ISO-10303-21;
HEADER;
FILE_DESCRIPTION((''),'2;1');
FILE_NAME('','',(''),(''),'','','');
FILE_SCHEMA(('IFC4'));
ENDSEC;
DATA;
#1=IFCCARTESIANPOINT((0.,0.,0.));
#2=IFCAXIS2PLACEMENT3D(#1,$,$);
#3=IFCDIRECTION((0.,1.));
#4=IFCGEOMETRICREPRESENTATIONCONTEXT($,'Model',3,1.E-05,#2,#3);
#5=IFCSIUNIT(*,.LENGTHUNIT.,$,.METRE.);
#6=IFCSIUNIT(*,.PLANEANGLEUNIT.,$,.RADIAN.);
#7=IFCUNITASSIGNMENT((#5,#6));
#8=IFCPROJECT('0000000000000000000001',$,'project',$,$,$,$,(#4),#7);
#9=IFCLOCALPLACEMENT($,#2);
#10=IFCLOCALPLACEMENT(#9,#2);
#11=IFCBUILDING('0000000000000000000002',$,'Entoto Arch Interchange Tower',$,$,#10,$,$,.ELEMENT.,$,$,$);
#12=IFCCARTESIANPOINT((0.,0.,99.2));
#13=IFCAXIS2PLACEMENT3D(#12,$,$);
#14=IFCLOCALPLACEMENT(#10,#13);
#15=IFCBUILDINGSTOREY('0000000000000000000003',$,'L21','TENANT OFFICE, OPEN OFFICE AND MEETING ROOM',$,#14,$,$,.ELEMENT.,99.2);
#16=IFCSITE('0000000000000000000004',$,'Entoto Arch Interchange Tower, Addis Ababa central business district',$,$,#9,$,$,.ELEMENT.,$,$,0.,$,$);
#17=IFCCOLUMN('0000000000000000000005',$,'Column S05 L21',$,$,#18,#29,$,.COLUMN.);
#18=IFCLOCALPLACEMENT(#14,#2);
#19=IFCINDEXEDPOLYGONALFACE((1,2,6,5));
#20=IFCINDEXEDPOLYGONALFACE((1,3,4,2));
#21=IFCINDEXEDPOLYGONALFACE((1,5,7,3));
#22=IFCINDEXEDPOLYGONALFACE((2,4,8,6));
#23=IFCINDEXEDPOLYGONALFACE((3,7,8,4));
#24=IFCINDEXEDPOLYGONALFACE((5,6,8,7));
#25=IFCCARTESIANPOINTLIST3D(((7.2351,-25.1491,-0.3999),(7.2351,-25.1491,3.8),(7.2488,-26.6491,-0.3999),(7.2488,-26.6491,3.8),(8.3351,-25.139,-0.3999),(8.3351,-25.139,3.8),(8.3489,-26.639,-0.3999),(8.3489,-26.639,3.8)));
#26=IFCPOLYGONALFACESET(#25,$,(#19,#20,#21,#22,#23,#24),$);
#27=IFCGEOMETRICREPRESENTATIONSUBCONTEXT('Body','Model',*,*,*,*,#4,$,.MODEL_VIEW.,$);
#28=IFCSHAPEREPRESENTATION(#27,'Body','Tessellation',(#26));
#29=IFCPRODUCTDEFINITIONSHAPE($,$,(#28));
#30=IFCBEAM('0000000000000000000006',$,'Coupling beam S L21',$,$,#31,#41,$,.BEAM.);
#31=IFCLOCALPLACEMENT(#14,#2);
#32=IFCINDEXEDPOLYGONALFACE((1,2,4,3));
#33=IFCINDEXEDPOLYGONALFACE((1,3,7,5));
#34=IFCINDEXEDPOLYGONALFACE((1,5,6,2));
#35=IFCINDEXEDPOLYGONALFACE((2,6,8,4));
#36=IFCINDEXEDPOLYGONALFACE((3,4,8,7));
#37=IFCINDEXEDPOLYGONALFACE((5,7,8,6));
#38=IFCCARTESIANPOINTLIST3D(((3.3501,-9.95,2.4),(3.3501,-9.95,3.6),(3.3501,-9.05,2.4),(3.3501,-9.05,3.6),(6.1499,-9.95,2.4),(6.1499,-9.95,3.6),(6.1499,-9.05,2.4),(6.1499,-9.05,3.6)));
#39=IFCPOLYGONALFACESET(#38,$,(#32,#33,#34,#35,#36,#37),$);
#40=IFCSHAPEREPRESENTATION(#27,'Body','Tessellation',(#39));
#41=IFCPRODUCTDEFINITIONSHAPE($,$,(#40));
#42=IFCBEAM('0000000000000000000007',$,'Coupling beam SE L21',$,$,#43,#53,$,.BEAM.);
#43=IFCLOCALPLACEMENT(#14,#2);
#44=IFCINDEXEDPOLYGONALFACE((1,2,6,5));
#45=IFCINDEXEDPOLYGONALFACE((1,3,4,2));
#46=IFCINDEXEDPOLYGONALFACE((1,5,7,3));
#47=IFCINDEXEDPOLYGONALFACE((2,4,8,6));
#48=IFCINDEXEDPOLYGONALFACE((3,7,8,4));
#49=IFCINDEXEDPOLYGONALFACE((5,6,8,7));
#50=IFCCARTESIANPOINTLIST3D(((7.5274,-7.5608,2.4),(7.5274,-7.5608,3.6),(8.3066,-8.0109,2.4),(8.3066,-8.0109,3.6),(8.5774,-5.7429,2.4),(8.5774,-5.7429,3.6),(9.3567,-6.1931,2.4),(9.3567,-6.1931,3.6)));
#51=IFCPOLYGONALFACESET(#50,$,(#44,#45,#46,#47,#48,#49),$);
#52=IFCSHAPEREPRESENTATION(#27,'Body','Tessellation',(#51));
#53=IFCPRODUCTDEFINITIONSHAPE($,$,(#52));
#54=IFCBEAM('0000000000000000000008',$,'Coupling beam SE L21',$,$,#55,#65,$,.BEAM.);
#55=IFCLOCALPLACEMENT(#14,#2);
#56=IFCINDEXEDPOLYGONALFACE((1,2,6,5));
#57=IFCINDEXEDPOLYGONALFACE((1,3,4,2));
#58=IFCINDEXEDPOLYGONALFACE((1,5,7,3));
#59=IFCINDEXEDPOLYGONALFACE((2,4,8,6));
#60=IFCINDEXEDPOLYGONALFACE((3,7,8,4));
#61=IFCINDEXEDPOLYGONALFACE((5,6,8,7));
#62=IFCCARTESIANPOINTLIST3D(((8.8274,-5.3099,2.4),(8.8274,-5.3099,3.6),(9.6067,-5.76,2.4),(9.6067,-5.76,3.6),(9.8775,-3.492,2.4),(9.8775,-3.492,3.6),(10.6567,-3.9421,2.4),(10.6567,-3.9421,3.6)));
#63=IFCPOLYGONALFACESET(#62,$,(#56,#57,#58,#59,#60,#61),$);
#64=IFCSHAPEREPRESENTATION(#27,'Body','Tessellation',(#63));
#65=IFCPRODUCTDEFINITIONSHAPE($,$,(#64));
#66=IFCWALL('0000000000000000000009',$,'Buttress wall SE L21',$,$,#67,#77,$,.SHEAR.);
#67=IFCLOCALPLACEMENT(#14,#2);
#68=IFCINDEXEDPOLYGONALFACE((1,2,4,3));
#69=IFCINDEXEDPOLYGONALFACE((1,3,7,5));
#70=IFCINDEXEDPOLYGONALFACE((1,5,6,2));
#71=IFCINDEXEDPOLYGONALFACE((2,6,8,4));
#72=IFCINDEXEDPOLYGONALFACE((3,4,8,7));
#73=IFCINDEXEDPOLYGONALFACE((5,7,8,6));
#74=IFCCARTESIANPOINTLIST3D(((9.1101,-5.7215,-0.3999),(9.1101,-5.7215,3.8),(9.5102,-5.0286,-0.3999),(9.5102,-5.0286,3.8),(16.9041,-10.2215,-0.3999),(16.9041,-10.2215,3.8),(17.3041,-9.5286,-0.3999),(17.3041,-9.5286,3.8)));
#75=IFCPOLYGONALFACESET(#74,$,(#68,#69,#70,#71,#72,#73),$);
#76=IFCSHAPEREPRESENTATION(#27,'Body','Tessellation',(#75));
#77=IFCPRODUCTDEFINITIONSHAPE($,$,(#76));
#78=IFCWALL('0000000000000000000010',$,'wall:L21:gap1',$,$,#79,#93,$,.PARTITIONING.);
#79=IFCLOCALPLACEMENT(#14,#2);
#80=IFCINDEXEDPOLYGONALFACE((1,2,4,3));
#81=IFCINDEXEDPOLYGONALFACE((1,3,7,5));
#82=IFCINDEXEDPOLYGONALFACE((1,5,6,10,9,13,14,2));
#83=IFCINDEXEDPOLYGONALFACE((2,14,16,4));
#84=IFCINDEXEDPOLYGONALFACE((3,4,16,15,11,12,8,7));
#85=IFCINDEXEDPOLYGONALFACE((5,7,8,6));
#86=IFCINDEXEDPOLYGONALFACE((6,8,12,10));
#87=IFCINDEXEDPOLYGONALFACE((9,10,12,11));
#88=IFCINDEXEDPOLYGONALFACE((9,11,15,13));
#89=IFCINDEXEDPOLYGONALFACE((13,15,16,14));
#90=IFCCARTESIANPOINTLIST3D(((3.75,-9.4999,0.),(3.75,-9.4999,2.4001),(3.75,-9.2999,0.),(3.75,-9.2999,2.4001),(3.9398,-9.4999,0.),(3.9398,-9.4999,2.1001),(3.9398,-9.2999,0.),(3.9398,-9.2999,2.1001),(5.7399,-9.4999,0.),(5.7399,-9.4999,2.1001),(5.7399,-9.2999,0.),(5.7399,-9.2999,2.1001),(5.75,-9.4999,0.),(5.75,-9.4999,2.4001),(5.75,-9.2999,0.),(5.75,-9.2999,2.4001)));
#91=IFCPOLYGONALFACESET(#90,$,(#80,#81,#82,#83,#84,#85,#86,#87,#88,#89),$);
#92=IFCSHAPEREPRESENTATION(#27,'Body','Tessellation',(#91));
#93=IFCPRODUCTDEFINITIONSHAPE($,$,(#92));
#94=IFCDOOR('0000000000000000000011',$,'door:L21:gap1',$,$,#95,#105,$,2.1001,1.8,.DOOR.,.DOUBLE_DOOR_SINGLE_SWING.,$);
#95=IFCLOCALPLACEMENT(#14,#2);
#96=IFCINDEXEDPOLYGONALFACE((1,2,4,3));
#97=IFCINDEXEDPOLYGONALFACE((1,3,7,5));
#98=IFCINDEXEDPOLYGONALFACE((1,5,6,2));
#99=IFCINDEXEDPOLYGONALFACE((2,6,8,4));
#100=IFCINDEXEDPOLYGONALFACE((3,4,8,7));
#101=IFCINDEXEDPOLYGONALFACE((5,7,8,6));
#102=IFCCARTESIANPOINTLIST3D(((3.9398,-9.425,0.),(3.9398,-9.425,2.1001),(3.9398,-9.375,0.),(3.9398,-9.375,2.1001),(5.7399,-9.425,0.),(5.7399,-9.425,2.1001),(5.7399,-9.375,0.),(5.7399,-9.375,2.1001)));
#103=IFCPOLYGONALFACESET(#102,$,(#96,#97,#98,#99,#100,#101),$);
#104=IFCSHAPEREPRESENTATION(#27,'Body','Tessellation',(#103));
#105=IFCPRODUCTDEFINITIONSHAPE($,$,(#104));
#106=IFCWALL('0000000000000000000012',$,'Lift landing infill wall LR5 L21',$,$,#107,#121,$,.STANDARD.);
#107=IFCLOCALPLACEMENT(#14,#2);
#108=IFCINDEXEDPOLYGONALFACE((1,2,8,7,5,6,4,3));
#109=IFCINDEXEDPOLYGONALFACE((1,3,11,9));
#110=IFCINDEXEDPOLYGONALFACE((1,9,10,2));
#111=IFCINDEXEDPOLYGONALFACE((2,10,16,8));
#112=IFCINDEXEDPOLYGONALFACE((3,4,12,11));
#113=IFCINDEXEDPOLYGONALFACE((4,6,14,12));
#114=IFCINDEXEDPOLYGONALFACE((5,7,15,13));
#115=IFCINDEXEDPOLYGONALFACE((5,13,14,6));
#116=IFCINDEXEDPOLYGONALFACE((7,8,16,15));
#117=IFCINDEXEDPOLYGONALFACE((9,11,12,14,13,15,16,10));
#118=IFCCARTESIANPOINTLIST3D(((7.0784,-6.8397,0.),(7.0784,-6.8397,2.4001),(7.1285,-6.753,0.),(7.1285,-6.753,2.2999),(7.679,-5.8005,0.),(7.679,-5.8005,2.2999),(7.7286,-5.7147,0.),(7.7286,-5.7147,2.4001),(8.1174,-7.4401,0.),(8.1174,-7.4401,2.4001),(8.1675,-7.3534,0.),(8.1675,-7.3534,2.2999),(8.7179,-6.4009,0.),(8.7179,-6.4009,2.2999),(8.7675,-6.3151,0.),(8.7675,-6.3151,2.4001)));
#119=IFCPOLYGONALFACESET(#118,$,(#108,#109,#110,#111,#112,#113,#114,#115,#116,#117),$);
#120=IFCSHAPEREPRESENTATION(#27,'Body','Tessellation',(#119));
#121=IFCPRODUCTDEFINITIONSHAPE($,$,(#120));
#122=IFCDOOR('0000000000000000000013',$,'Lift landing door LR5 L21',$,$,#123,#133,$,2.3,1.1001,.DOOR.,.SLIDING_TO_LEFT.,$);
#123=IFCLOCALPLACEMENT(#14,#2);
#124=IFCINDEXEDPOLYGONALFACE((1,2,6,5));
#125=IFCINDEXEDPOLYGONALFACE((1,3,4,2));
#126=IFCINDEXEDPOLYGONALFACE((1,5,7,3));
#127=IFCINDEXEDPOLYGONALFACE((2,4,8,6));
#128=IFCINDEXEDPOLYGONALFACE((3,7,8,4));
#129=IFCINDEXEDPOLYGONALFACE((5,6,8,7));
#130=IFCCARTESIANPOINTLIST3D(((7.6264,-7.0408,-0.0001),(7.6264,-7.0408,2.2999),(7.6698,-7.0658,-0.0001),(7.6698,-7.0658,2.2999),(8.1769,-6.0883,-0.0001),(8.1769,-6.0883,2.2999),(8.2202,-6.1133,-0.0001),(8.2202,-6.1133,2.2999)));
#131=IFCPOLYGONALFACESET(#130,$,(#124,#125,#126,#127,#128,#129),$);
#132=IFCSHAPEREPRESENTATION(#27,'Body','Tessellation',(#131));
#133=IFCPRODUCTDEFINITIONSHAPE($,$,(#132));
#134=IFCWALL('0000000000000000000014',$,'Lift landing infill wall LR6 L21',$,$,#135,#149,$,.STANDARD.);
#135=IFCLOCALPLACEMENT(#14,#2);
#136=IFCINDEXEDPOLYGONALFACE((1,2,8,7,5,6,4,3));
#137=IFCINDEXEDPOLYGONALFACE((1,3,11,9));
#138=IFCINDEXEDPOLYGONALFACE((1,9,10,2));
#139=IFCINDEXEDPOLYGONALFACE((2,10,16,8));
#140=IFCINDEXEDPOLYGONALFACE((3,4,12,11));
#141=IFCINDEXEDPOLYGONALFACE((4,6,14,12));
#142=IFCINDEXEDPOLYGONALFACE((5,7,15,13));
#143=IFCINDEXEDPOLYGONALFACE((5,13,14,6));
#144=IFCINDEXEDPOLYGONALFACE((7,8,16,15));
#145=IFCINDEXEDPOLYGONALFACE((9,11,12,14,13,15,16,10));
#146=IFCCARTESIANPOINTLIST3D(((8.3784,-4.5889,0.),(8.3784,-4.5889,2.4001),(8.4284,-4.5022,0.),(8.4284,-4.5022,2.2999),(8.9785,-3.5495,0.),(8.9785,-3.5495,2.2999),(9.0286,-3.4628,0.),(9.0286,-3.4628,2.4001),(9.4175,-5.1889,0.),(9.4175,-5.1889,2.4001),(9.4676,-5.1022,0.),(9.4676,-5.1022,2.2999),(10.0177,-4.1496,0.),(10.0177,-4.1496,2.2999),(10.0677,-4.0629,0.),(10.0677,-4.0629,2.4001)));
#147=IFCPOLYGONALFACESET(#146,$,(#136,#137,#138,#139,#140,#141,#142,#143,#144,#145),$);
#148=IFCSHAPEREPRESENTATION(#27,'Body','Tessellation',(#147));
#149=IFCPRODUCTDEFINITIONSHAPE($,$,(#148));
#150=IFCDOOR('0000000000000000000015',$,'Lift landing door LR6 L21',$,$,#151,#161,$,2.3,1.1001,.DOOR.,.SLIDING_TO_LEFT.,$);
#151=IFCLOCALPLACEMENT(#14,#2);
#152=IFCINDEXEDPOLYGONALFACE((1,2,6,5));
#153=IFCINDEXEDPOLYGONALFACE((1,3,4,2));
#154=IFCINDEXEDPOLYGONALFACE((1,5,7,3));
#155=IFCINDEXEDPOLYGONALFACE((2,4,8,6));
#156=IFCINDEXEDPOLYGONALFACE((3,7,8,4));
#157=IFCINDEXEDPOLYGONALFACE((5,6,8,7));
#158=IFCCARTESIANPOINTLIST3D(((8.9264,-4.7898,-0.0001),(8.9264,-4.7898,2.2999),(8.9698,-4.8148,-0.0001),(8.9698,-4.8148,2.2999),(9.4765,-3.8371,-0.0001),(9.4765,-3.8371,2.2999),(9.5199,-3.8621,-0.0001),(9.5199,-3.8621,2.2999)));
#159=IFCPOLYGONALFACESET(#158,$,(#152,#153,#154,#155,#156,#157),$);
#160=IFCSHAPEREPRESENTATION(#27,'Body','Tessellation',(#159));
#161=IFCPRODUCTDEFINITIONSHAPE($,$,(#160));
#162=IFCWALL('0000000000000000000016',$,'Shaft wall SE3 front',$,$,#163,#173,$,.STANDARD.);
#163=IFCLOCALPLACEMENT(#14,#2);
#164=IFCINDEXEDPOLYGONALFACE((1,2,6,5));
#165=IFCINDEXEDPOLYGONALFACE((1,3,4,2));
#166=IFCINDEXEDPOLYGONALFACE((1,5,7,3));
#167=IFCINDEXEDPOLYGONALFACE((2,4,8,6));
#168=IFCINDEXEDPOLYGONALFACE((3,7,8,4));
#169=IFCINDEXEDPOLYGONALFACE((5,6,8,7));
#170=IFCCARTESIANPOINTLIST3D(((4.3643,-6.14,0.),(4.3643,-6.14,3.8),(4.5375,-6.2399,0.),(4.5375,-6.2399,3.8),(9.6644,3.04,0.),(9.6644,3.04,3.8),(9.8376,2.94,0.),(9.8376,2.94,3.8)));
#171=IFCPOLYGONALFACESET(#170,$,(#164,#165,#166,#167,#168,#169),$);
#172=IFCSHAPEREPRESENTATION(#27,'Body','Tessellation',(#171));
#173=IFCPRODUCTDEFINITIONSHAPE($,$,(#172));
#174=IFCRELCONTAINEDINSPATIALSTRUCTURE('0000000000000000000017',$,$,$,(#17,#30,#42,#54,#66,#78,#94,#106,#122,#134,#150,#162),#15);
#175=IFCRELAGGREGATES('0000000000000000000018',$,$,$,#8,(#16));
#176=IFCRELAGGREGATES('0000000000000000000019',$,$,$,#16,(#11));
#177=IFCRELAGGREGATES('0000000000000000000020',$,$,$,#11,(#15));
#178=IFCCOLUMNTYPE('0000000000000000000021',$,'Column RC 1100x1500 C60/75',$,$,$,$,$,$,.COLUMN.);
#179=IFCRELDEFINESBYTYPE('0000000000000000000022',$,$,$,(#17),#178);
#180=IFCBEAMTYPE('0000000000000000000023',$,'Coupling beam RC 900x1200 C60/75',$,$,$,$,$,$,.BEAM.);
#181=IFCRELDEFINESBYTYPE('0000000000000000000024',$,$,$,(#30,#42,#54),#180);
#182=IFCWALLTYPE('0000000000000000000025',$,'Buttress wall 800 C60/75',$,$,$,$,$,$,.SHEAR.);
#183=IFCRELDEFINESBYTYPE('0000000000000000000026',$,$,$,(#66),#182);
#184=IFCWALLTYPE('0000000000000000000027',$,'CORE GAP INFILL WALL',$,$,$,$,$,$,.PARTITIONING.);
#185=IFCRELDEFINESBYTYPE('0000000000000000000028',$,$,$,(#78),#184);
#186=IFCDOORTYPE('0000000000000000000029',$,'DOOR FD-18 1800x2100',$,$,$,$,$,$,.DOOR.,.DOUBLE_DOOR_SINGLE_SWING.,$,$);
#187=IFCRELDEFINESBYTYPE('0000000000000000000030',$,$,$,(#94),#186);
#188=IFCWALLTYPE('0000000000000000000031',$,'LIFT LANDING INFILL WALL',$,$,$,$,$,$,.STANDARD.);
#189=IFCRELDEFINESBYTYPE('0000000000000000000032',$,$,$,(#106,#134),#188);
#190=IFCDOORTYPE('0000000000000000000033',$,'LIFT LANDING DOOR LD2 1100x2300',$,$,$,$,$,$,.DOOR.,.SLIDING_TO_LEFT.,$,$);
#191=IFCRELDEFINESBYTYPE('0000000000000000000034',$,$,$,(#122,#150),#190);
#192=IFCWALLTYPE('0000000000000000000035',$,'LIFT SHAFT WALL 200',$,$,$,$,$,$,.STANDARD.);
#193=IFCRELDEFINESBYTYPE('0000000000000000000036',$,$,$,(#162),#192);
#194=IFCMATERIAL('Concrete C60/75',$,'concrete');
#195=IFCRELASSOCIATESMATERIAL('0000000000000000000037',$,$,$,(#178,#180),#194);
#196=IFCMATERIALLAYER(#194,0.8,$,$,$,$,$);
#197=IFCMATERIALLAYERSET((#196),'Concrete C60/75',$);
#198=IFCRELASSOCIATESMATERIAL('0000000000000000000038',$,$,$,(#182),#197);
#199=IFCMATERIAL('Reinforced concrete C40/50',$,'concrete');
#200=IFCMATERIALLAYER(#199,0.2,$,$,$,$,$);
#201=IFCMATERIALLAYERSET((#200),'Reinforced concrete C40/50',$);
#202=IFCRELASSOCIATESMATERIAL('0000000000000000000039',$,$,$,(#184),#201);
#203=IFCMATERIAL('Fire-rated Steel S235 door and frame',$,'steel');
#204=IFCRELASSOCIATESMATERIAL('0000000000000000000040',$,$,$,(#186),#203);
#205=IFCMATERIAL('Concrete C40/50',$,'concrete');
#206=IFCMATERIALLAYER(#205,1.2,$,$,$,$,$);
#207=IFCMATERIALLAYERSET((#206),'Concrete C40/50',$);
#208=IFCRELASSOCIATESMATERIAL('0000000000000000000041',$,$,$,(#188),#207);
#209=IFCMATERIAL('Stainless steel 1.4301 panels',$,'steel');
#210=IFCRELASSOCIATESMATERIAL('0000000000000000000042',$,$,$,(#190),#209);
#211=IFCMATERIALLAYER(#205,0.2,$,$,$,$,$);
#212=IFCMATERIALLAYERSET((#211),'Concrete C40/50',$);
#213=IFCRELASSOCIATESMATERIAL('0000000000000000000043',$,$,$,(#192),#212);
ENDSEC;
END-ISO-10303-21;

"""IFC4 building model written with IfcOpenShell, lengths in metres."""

from ifc_helpers import new_model, si_unit, direction, frame, frame_2d, origin, origin_2d, place, context, subcontext, project, spatial, rectangle, extrude, material, layer, layer_set, material_profile, profile_set, type_object, element, fill, save


model = new_model("IFC4")

# Units and contexts
model_context = context("Model", 3, precision=1e-05, world=origin(), true_north=direction((0.0, 1.0)))
body_context = subcontext(model_context, "Body", "Model", "MODEL_VIEW")
ifc_project = project(units=[si_unit("LENGTHUNIT", "METRE"), si_unit("PLANEANGLEUNIT", "RADIAN")], contexts=[model_context])

# Site, building, storey
site_placement = place(None, origin())
site = spatial("IfcSite", under=ifc_project, at=site_placement, Name="Entoto Arch Interchange Tower, Addis Ababa central business district", CompositionType="ELEMENT", RefElevation=0.0)
building_placement = place(site_placement, origin())
building = spatial("IfcBuilding", under=site, at=building_placement, Name="Entoto Arch Interchange Tower", CompositionType="ELEMENT")
storey_placement = place(building_placement, frame((0.0, 0.0, 99.2)))
storey = spatial("IfcBuildingStorey", under=building, at=storey_placement, Name="L21", Description="TENANT OFFICE, OPEN OFFICE AND MEETING ROOM", CompositionType="ELEMENT", Elevation=99.2)

# Column
ifc_material_1 = material(Name="Concrete C60/75", Category="concrete")
ifc_material_profile_1 = material_profile(ifc_material_1, rectangle(XDim=1.1001, YDim=1.5, at=origin_2d()))
ifc_profile_set_1 = profile_set([ifc_material_profile_1], Name="Concrete C60/75")
column_type = type_object("IfcColumnType", Name="Column RC 1100x1500 C60/75", PredefinedType="COLUMN", material=ifc_profile_set_1)
column_placement = place(storey_placement, frame((7.792, -25.894, -0.3999), z_axis=(0.0, 0.0, 1.0), x_axis=(0.999958, 0.009163, 0.0)))
element("IfcColumn", 1, at=column_placement, inside=storey, type_object=column_type, Name="Column S05 L21", PredefinedType="COLUMN", context=body_context, shape_type="SweptSolid", body=[
    extrude(rectangle(XDim=1.1001, YDim=1.5, at=origin_2d()), origin(), (0.0, 0.0, 1.0), 4.2),
])

# Beams
ifc_material_profile_2 = material_profile(ifc_material_1, rectangle(XDim=0.8999, YDim=1.2, at=origin_2d()))
ifc_profile_set_2 = profile_set([ifc_material_profile_2], Name="Concrete C60/75")
beam_type = type_object("IfcBeamType", Name="Coupling beam RC 900x1200 C60/75", PredefinedType="BEAM", material=ifc_profile_set_2)
beam_placement = place(storey_placement, frame((3.3501, -9.5, 3.0), z_axis=(1.0, 0.0, 0.0), x_axis=(0.0, 1.0, 0.0)))
element("IfcBeam", 2, at=beam_placement, inside=storey, type_object=beam_type, Name="Coupling beam S L21", PredefinedType="BEAM", context=body_context, shape_type="SweptSolid", body=[
    extrude(rectangle(XDim=0.8999, YDim=1.2, at=origin_2d()), origin(), (0.0, 0.0, 1.0), 2.7998),
])
for number, where, z_axis, x_axis, name in (
    (3, (7.917, -7.7859, 3.0), (0.500179, 0.865922, 0.0), (-0.865922, 0.500179, 0.0), "Coupling beam SE L21"),
    (4, (9.217, -5.5349, 3.0), (0.500179, 0.865922, 0.0), (-0.865922, 0.500179, 0.0), "Coupling beam SE L21"),
):
    element("IfcBeam", number, at=place(storey_placement, frame(where, z_axis=z_axis, x_axis=x_axis)), inside=storey, type_object=beam_type, Name=name, PredefinedType="BEAM", context=body_context, shape_type="SweptSolid", body=[
        extrude(rectangle(XDim=0.8999, YDim=1.2, at=origin_2d()), origin(), (0.0, 0.0, 1.0), 2.0994),
    ])

# Wall
ifc_layer_1 = layer(ifc_material_1, 0.8)
ifc_layer_set_1 = layer_set([ifc_layer_1], Name="Concrete C60/75")
wall_type_1 = type_object("IfcWallType", Name="Buttress wall 800 C60/75", PredefinedType="SHEAR", material=ifc_layer_set_1)
wall_1_placement = place(storey_placement, frame((9.3101, -5.375, -0.3999), z_axis=(0.0, 0.0, 1.0), x_axis=(0.866018, -0.500014, 0.0)))
element("IfcWall", 5, at=wall_1_placement, inside=storey, type_object=wall_type_1, Name="Buttress wall SE L21", PredefinedType="SHEAR", context=body_context, shape_type="SweptSolid", body=[
    extrude(rectangle(XDim=8.9998, YDim=0.8, at=frame_2d((4.5, 0.0))), origin(), (0.0, 0.0, 1.0), 4.2),
])

# Walls, openings, doors
ifc_material_2 = material(Name="Reinforced concrete C40/50", Category="concrete")
ifc_layer_2 = layer(ifc_material_2, 0.2)
ifc_layer_set_2 = layer_set([ifc_layer_2], Name="Reinforced concrete C40/50")
wall_type_2 = type_object("IfcWallType", Name="CORE GAP INFILL WALL", PredefinedType="PARTITIONING", material=ifc_layer_set_2)
wall_2_placement = place(storey_placement, frame((3.75, -9.3999, 0.0), z_axis=(0.0, 0.0, 1.0), x_axis=(1.0, 0.0, 0.0)))
wall_2 = element("IfcWall", 6, at=wall_2_placement, inside=storey, type_object=wall_type_2, Name="wall:L21:gap1", PredefinedType="PARTITIONING", context=body_context, shape_type="SweptSolid", body=[
    extrude(rectangle(XDim=2.0, YDim=0.2, at=frame_2d((1.0, 0.0))), origin(), (0.0, 0.0, 1.0), 2.4001),
])
opening_1_placement = place(wall_2_placement, frame((0.1899, 0.0, 0.0)))
opening_1 = element("IfcOpeningElement", 7, at=opening_1_placement, cuts=wall_2, PredefinedType="OPENING", context=body_context, shape_type="SweptSolid", body=[
    extrude(rectangle(XDim=1.8, YDim=2.1001, at=frame_2d((0.8999, 1.05))), frame((0.0, 0.1099, 0.0), z_axis=(0.0, -1.0, 0.0), x_axis=(1.0, 0.0, 0.0)), (0.0, 0.0, 1.0), 0.22),
])
ifc_material_3 = material(Name="Fire-rated Steel S235 door and frame", Category="steel")
door_type_1 = type_object("IfcDoorType", Name="DOOR FD-18 1800x2100", OperationType="DOUBLE_DOOR_SINGLE_SWING", PredefinedType="DOOR", material=ifc_material_3)
door_1_placement = place(opening_1_placement, origin())
door_1 = element("IfcDoor", 8, at=door_1_placement, inside=storey, type_object=door_type_1, Name="door:L21:gap1", OperationType="DOUBLE_DOOR_SINGLE_SWING", OverallHeight=2.1001, OverallWidth=1.8, PredefinedType="DOOR", context=body_context, shape_type="SweptSolid", body=[
    extrude(rectangle(XDim=1.8, YDim=2.1001, at=frame_2d((0.8999, 1.05))), frame((0.0, 0.0249, 0.0), z_axis=(0.0, -1.0, 0.0), x_axis=(1.0, 0.0, 0.0)), (0.0, 0.0, 1.0), 0.05),
])
fill(opening_1, door_1)
ifc_material_4 = material(Name="Concrete C40/50", Category="concrete")
ifc_layer_3 = layer(ifc_material_4, 1.2)
ifc_layer_set_3 = layer_set([ifc_layer_3], Name="Concrete C40/50")
wall_type_3 = type_object("IfcWallType", Name="LIFT LANDING INFILL WALL", PredefinedType="STANDARD", material=ifc_layer_set_3)
wall_3_placement = place(storey_placement, frame((7.5979, -7.1399, 0.0), z_axis=(0.0, 0.0, 1.0), x_axis=(0.500362, 0.865816, 0.0)))
wall_3 = element("IfcWall", 9, at=wall_3_placement, inside=storey, type_object=wall_type_3, Name="Lift landing infill wall LR5 L21", PredefinedType="STANDARD", context=body_context, shape_type="SweptSolid", body=[
    extrude(rectangle(XDim=1.2993, YDim=1.2, at=frame_2d((0.6497, 0.0))), origin(), (0.0, 0.0, 1.0), 2.4001),
])
opening_2_placement = place(wall_3_placement, frame((0.1001, 0.0, 0.0)))
opening_2 = element("IfcOpeningElement", 10, at=opening_2_placement, cuts=wall_3, PredefinedType="OPENING", context=body_context, shape_type="SweptSolid", body=[
    extrude(rectangle(XDim=1.1001, YDim=2.3, at=frame_2d((0.55, 1.1499))), frame((0.0, 0.6099, 0.0), z_axis=(0.0, -1.0, 0.0), x_axis=(1.0, 0.0, 0.0)), (0.0, 0.0, 1.0), 1.22),
])
ifc_material_5 = material(Name="Stainless steel 1.4301 panels", Category="steel")
door_type_2 = type_object("IfcDoorType", Name="LIFT LANDING DOOR LD2 1100x2300", OperationType="SLIDING_TO_LEFT", PredefinedType="DOOR", material=ifc_material_5)
door_2_placement = place(opening_2_placement, origin())
door_2 = element("IfcDoor", 11, at=door_2_placement, inside=storey, type_object=door_type_2, Name="Lift landing door LR5 L21", OperationType="SLIDING_TO_LEFT", OverallHeight=2.3, OverallWidth=1.1001, PredefinedType="DOOR", context=body_context, shape_type="SweptSolid", body=[
    extrude(rectangle(XDim=1.1001, YDim=2.3, at=frame_2d((0.55, 1.1499))), frame((0.0, 0.0249, 0.0), z_axis=(0.0, -1.0, 0.0), x_axis=(1.0, 0.0, 0.0)), (0.0, 0.0, 1.0), 0.05),
])
fill(opening_2, door_2)
wall_4_placement = place(storey_placement, frame((8.8979, -4.8889, 0.0), z_axis=(0.0, 0.0, 1.0), x_axis=(0.500037, 0.866004, 0.0)))
wall_4 = element("IfcWall", 12, at=wall_4_placement, inside=storey, type_object=wall_type_3, Name="Lift landing infill wall LR6 L21", PredefinedType="STANDARD", context=body_context, shape_type="SweptSolid", body=[
    extrude(rectangle(XDim=1.3003, YDim=1.2, at=frame_2d((0.6501, 0.0))), origin(), (0.0, 0.0, 1.0), 2.4001),
])
opening_3_placement = place(wall_4_placement, frame((0.1001, 0.0, 0.0)))
opening_3 = element("IfcOpeningElement", 13, at=opening_3_placement, cuts=wall_4, PredefinedType="OPENING", context=body_context, shape_type="SweptSolid", body=[
    extrude(rectangle(XDim=1.1001, YDim=2.3, at=frame_2d((0.55, 1.1499))), frame((0.0, 0.6099, 0.0), z_axis=(0.0, -1.0, 0.0), x_axis=(1.0, 0.0, 0.0)), (0.0, 0.0, 1.0), 1.22),
])
door_3_placement = place(opening_3_placement, origin())
door_3 = element("IfcDoor", 14, at=door_3_placement, inside=storey, type_object=door_type_2, Name="Lift landing door LR6 L21", OperationType="SLIDING_TO_LEFT", OverallHeight=2.3, OverallWidth=1.1001, PredefinedType="DOOR", context=body_context, shape_type="SweptSolid", body=[
    extrude(rectangle(XDim=1.1001, YDim=2.3, at=frame_2d((0.55, 1.1499))), frame((0.0, 0.0249, 0.0), z_axis=(0.0, -1.0, 0.0), x_axis=(1.0, 0.0, 0.0)), (0.0, 0.0, 1.0), 0.05),
])
fill(opening_3, door_3)

# Wall
ifc_layer_4 = layer(ifc_material_4, 0.2)
ifc_layer_set_4 = layer_set([ifc_layer_4], Name="Concrete C40/50")
wall_type_4 = type_object("IfcWallType", Name="LIFT SHAFT WALL 200", PredefinedType="STANDARD", material=ifc_layer_set_4)
wall_5_placement = place(storey_placement, frame((4.4509, -6.1899, 0.0), z_axis=(0.0, 0.0, 1.0), x_axis=(0.500001, 0.866025, 0.0)))
element("IfcWall", 15, at=wall_5_placement, inside=storey, type_object=wall_type_4, Name="Shaft wall SE3 front", PredefinedType="STANDARD", context=body_context, shape_type="SweptSolid", body=[
    extrude(rectangle(XDim=10.6001, YDim=0.2, at=frame_2d((5.3, 0.0))), origin(), (0.0, 0.0, 1.0), 3.8),
])

save(model, "model.ifc")
